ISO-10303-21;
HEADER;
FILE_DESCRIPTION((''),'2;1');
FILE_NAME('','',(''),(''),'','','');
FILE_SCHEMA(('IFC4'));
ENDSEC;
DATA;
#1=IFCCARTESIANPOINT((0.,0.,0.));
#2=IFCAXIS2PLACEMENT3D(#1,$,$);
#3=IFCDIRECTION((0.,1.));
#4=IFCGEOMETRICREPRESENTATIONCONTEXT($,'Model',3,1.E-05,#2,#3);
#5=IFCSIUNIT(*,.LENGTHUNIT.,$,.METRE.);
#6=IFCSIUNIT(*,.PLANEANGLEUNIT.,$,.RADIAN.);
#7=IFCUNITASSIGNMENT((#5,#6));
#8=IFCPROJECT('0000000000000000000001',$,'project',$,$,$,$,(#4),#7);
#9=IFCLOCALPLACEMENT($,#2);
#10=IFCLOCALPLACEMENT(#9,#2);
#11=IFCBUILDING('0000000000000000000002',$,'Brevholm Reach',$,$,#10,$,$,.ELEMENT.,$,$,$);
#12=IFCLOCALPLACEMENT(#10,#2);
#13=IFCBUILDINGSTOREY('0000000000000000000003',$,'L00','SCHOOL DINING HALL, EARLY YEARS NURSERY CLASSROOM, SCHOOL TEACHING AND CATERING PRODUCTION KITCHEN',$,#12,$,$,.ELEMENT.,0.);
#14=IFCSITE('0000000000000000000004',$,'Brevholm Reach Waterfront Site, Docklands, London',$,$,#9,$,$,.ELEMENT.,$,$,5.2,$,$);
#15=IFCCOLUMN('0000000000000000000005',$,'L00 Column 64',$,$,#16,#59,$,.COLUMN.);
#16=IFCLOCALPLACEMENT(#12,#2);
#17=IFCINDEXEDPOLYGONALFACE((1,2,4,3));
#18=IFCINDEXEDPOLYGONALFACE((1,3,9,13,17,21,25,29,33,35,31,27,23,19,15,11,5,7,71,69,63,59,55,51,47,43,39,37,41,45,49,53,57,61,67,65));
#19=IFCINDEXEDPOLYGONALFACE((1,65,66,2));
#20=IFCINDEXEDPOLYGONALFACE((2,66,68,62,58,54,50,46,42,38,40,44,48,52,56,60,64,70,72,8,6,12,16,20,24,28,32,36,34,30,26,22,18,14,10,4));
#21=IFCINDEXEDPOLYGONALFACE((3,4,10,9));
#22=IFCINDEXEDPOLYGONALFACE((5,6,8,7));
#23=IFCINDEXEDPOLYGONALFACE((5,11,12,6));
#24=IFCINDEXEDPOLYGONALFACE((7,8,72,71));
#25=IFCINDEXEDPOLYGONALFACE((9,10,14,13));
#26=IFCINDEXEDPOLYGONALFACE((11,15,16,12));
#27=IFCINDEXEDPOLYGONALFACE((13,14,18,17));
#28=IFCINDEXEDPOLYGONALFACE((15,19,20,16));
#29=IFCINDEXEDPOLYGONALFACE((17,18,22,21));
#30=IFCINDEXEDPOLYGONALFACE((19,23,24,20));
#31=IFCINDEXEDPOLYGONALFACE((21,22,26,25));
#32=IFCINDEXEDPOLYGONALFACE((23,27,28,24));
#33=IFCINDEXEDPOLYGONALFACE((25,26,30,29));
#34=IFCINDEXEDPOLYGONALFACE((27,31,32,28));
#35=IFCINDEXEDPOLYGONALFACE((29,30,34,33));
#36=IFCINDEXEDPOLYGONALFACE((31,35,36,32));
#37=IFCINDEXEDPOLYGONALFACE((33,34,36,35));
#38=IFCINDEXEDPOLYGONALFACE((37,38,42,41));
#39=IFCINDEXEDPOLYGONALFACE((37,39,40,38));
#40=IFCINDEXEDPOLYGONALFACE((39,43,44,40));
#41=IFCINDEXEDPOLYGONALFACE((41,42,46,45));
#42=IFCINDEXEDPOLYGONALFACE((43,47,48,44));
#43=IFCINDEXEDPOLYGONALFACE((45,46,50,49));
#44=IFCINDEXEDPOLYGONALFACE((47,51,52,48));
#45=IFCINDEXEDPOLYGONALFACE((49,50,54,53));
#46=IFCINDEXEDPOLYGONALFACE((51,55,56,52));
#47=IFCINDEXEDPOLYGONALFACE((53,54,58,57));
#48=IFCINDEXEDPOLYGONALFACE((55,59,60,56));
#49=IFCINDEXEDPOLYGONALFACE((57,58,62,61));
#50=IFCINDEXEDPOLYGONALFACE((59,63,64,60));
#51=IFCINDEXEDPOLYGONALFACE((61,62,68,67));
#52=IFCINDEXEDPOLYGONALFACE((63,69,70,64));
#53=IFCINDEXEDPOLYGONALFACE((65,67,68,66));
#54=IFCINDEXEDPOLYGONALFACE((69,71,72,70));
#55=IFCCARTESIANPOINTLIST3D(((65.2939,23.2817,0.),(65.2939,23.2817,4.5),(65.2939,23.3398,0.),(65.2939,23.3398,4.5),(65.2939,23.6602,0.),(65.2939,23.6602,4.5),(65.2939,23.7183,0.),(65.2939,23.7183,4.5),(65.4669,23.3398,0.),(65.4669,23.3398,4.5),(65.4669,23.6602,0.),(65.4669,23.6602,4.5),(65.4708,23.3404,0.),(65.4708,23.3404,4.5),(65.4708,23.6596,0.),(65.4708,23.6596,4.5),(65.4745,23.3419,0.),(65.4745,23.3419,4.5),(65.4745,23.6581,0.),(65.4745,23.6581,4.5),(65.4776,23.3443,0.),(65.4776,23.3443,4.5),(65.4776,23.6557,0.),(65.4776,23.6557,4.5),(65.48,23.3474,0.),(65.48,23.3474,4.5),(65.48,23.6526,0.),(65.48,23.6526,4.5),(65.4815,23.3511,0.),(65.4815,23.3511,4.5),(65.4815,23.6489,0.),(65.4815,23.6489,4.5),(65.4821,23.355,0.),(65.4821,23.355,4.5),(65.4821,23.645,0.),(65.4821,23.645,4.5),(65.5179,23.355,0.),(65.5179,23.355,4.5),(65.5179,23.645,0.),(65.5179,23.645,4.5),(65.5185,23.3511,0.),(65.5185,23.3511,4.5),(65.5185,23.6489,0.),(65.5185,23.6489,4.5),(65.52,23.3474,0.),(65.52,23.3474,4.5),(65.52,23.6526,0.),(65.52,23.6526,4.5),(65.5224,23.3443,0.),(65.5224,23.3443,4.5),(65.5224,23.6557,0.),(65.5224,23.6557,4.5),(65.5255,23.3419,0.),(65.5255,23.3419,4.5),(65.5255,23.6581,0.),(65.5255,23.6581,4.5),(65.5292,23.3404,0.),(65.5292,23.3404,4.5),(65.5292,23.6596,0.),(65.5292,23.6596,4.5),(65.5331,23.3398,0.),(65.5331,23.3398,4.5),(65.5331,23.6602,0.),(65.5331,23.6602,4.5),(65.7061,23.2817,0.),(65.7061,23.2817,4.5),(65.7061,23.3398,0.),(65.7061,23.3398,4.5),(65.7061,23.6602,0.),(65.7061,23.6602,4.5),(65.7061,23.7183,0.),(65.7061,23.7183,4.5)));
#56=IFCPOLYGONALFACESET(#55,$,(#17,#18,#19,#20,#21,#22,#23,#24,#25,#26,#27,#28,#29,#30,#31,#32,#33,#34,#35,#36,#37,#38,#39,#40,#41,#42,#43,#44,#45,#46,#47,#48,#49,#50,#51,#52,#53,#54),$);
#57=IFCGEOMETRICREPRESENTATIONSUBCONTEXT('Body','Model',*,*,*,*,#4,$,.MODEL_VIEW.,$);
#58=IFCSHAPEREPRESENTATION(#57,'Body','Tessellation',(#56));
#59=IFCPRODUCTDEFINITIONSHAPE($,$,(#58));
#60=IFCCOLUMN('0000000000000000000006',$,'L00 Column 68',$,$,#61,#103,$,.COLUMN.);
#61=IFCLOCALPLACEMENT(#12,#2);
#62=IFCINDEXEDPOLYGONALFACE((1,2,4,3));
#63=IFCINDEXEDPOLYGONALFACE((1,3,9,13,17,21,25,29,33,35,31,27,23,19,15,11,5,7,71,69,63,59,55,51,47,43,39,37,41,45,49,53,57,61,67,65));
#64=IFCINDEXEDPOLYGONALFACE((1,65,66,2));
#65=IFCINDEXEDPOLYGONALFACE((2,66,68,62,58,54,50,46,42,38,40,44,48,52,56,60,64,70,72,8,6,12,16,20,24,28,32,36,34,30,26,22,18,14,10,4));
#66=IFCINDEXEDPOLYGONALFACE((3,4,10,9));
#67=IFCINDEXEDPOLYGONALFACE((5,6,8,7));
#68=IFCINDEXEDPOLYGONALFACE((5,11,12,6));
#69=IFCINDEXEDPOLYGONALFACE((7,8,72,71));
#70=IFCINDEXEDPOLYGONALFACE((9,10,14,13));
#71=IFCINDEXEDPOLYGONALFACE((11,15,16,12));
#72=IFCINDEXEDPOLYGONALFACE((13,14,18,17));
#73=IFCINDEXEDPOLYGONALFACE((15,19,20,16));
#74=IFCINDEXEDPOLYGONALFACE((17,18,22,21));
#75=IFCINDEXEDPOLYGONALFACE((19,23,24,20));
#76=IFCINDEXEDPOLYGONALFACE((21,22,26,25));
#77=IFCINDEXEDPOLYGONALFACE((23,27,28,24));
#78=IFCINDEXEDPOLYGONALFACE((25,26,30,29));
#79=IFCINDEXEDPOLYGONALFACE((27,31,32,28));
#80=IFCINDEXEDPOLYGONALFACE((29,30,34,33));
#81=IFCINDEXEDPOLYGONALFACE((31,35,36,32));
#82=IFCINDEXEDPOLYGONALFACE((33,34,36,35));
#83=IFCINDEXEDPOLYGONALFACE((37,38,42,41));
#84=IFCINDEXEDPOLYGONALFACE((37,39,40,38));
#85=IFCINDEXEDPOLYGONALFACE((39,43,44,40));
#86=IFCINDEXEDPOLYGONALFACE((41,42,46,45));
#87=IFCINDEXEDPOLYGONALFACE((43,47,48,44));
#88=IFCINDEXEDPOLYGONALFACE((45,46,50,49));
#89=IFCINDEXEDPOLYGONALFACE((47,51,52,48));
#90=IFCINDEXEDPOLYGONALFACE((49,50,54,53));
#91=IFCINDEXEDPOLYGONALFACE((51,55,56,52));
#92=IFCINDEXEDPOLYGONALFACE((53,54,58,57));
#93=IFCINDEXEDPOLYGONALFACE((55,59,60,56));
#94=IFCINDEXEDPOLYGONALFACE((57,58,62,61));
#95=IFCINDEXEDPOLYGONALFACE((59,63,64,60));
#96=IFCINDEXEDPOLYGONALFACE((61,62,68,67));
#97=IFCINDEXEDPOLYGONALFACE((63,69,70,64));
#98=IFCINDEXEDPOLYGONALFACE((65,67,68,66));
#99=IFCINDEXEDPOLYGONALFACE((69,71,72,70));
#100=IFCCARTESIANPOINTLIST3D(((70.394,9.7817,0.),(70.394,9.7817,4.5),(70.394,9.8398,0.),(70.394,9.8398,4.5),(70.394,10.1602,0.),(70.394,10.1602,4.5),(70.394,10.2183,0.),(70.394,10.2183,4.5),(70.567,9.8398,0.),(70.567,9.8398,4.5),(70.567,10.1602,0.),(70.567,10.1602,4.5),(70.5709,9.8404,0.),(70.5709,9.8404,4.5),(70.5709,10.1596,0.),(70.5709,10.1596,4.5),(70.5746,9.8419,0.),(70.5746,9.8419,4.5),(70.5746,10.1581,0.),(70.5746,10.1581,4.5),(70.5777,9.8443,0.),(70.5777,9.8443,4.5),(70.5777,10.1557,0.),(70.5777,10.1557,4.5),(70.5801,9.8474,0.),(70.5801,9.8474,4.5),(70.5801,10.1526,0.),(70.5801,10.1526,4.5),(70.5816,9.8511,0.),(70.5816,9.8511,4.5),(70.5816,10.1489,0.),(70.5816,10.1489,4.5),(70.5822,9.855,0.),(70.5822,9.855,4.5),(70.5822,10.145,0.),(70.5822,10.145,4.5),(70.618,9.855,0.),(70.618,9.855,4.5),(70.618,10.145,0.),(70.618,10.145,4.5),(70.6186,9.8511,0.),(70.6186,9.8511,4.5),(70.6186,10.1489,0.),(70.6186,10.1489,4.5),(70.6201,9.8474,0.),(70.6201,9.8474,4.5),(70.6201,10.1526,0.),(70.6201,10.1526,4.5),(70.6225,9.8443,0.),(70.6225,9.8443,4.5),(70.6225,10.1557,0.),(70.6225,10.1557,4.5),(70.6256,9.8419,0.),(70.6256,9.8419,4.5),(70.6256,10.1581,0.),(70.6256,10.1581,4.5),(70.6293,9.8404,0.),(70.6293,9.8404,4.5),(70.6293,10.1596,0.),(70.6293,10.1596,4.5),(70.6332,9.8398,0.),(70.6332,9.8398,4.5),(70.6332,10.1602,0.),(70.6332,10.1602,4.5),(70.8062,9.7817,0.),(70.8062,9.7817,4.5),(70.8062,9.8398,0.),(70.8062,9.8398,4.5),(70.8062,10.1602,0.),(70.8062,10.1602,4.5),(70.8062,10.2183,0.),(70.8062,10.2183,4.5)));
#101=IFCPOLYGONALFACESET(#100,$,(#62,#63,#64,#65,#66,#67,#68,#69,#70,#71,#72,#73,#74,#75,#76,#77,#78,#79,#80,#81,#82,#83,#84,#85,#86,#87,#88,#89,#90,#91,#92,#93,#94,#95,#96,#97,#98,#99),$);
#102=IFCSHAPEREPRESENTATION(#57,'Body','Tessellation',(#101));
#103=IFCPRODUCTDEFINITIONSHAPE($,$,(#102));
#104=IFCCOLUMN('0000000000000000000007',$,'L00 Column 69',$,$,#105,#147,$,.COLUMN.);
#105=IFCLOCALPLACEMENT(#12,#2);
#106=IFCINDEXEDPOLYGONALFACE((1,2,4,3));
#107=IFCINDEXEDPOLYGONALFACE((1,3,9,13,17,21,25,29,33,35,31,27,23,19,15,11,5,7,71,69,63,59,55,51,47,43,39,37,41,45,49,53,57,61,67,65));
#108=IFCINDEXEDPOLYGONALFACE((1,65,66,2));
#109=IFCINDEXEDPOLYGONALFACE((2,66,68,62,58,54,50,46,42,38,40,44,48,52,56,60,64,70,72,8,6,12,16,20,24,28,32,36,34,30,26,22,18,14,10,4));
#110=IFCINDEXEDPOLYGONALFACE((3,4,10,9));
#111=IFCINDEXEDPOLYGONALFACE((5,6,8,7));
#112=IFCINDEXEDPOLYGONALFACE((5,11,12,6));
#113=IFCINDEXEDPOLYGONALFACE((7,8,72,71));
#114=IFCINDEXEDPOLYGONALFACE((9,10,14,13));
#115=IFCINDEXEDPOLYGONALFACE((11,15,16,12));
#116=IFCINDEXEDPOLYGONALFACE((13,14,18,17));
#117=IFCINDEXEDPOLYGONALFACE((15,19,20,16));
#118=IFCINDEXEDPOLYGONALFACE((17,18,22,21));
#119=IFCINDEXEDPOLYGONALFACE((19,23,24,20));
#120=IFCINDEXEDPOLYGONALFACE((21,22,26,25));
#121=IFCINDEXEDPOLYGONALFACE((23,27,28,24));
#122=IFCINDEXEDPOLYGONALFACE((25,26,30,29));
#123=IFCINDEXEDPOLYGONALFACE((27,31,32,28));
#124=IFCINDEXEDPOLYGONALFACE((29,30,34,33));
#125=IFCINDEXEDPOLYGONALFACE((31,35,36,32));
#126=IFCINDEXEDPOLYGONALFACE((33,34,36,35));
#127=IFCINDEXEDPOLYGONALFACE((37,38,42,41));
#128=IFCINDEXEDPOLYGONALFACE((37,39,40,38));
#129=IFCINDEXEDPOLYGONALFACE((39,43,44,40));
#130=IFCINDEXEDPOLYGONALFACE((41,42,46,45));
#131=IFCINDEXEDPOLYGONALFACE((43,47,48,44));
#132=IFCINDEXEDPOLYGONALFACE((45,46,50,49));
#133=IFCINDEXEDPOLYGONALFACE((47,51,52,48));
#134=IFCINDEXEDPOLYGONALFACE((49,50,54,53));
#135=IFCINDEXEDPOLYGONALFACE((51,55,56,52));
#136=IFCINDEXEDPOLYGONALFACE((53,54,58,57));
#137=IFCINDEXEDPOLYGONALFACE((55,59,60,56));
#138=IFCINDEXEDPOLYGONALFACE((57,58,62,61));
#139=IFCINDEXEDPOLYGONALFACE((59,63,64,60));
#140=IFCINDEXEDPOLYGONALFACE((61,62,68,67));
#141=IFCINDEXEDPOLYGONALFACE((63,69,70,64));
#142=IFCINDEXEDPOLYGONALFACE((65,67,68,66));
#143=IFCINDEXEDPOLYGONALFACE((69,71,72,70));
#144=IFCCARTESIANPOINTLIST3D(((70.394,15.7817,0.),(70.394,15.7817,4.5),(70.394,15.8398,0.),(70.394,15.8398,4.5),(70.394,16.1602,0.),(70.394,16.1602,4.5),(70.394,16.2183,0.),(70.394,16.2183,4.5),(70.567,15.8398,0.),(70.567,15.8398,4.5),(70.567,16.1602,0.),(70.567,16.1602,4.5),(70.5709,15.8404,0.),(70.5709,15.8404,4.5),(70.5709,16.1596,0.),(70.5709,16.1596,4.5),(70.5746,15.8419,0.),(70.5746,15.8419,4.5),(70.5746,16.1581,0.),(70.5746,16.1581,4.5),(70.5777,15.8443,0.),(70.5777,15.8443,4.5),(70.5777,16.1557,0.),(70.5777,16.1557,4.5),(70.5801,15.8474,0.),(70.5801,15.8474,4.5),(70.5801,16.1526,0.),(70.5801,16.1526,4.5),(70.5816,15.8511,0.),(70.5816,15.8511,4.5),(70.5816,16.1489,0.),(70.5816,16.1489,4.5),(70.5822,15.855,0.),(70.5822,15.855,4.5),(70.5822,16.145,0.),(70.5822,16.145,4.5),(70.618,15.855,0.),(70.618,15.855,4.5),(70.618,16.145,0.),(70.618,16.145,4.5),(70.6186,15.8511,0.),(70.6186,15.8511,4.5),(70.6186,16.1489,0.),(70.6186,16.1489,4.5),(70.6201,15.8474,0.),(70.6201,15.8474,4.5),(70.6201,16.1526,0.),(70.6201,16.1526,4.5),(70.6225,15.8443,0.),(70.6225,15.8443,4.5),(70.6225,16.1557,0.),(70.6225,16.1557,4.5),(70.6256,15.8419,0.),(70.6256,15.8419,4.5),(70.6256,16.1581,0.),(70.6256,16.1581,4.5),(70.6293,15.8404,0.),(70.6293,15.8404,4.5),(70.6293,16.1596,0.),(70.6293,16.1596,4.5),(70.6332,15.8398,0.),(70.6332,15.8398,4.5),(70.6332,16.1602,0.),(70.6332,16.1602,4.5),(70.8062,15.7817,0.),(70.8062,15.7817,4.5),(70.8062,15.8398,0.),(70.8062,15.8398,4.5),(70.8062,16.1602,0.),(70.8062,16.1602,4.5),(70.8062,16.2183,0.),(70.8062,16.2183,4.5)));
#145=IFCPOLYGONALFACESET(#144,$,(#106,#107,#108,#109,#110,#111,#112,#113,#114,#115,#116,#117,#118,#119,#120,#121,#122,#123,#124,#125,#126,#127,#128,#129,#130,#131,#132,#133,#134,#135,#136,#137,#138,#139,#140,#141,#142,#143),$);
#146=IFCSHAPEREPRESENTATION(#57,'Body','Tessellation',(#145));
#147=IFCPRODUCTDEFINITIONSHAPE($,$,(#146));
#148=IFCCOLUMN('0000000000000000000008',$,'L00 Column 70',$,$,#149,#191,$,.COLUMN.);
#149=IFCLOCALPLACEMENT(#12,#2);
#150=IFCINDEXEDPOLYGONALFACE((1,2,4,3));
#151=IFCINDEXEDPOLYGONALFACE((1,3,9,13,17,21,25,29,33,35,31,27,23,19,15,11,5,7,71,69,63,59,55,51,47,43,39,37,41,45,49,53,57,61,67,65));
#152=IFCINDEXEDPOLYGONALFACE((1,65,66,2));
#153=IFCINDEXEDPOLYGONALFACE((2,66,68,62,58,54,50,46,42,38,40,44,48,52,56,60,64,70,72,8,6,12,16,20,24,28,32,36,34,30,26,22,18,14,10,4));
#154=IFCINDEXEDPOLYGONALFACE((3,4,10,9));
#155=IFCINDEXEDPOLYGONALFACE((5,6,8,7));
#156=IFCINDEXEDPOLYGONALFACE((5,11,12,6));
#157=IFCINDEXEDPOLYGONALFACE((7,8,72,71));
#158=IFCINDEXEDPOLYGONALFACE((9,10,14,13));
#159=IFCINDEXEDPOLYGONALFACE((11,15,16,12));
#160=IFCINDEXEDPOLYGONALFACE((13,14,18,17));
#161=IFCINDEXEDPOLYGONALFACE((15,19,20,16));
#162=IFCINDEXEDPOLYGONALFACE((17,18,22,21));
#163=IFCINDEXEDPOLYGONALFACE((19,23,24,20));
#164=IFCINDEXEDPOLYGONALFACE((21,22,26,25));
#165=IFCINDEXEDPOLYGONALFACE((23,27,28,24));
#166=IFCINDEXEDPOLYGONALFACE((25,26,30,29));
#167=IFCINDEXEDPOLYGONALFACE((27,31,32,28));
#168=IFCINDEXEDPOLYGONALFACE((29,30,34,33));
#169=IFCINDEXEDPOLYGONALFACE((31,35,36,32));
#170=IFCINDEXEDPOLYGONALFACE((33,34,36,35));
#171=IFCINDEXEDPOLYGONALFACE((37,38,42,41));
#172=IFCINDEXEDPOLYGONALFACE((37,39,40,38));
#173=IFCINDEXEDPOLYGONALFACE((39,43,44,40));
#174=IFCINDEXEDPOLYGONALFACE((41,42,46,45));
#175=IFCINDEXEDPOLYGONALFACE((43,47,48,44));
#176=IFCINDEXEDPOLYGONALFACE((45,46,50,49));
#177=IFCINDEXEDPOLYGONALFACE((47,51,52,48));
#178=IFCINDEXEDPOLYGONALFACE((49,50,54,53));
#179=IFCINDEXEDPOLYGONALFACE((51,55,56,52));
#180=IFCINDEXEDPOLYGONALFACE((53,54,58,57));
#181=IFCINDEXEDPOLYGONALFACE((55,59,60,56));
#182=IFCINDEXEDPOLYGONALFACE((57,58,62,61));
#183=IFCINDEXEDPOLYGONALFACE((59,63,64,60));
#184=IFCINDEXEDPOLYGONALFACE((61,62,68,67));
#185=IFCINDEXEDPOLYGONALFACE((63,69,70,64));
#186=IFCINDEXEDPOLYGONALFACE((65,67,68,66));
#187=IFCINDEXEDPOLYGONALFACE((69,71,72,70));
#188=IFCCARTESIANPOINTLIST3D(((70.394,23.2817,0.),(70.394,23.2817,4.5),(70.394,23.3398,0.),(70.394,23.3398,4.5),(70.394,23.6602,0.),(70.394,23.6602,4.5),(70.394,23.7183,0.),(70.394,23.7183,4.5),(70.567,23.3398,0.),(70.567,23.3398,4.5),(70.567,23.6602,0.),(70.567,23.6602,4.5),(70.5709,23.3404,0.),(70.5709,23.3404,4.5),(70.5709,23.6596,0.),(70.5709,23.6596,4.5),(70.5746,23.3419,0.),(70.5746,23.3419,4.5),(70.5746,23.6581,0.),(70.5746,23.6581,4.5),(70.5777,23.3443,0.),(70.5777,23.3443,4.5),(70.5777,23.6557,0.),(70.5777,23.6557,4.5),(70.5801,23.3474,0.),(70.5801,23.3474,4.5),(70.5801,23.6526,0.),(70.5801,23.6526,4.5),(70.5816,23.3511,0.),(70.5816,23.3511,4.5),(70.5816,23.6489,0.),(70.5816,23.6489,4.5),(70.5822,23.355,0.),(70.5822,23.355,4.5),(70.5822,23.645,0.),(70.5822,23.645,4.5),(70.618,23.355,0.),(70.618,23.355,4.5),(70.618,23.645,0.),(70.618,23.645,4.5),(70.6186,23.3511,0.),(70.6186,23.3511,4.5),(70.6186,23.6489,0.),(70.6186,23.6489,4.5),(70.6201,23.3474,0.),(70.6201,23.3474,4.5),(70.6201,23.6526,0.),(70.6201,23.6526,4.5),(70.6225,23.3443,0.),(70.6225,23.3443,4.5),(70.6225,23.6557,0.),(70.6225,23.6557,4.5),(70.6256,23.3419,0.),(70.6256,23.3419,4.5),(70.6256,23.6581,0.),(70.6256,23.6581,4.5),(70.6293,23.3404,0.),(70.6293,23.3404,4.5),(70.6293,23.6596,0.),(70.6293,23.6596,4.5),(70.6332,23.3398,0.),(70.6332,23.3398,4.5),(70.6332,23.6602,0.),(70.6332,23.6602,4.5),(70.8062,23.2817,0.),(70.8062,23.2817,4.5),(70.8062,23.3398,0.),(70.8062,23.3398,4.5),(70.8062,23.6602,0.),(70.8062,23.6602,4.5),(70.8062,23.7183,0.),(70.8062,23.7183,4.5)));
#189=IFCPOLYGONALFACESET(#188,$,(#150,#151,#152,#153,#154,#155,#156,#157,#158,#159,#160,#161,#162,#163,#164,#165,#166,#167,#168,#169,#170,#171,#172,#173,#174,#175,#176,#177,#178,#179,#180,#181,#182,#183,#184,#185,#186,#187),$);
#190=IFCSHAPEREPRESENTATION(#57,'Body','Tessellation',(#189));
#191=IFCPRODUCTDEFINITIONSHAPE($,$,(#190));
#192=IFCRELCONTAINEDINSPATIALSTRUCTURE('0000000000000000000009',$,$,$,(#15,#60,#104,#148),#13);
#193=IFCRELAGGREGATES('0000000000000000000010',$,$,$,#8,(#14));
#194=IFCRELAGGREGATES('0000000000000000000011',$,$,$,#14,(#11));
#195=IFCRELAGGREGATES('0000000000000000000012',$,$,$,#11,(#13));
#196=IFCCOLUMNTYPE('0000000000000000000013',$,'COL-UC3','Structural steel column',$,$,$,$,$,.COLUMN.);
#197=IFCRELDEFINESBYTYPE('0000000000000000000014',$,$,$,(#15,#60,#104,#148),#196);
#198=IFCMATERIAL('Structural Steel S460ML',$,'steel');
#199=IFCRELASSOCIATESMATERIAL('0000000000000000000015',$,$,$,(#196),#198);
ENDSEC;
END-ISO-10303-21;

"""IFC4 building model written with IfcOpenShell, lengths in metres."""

from ifc_helpers import new_model, si_unit, direction, frame, origin, origin_2d, place, context, subcontext, project, spatial, i_section, extrude, material, material_profile, profile_set, type_object, element, save


model = new_model("IFC4")

# Units and contexts
model_context = context("Model", 3, precision=1e-05, world=origin(), true_north=direction((0.0, 1.0)))
body_context = subcontext(model_context, "Body", "Model", "MODEL_VIEW")
ifc_project = project(units=[si_unit("LENGTHUNIT", "METRE"), si_unit("PLANEANGLEUNIT", "RADIAN")], contexts=[model_context])

# Site, building, storey
site_placement = place(None, origin())
site = spatial("IfcSite", under=ifc_project, at=site_placement, Name="Brevholm Reach Waterfront Site, Docklands, London", CompositionType="ELEMENT", RefElevation=5.2)
building_placement = place(site_placement, origin())
building = spatial("IfcBuilding", under=site, at=building_placement, Name="Brevholm Reach", CompositionType="ELEMENT")
storey_placement = place(building_placement, origin())
storey = spatial("IfcBuildingStorey", under=building, at=storey_placement, Name="L00", Description="SCHOOL DINING HALL, EARLY YEARS NURSERY CLASSROOM, SCHOOL TEACHING AND CATERING PRODUCTION KITCHEN", CompositionType="ELEMENT", Elevation=0.0)

# Columns
ifc_material_1 = material(Name="Structural Steel S460ML", Category="steel")
ifc_material_profile_1 = material_profile(ifc_material_1, i_section(OverallWidth=0.4121, OverallDepth=0.4365, WebThickness=0.0359, FlangeThickness=0.0581, FilletRadius=0.0151, at=origin_2d()), Name="UKC 356x406x467")
ifc_profile_set_1 = profile_set([ifc_material_profile_1], Name="Structural Steel S460ML")
column_type_1 = type_object("IfcColumnType", Name="COL-UC3", Description="Structural steel column", PredefinedType="COLUMN", material=ifc_profile_set_1)
for number, where, z_axis, x_axis, name in (
    (1, (65.5, 23.5, 0.0), (0.0, 0.0, 1.0), (1.0, 0.0, 0.0), "L00 Column 64"),
    (2, (70.6001, 10.0, 0.0), (0.0, 0.0, 1.0), (1.0, 0.0, 0.0), "L00 Column 68"),
    (3, (70.6001, 16.0, 0.0), (0.0, 0.0, 1.0), (1.0, 0.0, 0.0), "L00 Column 69"),
    (4, (70.6001, 23.5, 0.0), (0.0, 0.0, 1.0), (1.0, 0.0, 0.0), "L00 Column 70"),
):
    element("IfcColumn", number, at=place(storey_placement, frame(where, z_axis=z_axis, x_axis=x_axis)), inside=storey, type_object=column_type_1, Name=name, PredefinedType="COLUMN", context=body_context, shape_type="SweptSolid", body=[
        extrude(i_section(OverallWidth=0.4121, OverallDepth=0.4365, WebThickness=0.0359, FlangeThickness=0.0581, FilletRadius=0.0151, at=origin_2d()), origin(), (0.0, 0.0, 1.0), 4.5),
    ])

save(model, "model.ifc")
